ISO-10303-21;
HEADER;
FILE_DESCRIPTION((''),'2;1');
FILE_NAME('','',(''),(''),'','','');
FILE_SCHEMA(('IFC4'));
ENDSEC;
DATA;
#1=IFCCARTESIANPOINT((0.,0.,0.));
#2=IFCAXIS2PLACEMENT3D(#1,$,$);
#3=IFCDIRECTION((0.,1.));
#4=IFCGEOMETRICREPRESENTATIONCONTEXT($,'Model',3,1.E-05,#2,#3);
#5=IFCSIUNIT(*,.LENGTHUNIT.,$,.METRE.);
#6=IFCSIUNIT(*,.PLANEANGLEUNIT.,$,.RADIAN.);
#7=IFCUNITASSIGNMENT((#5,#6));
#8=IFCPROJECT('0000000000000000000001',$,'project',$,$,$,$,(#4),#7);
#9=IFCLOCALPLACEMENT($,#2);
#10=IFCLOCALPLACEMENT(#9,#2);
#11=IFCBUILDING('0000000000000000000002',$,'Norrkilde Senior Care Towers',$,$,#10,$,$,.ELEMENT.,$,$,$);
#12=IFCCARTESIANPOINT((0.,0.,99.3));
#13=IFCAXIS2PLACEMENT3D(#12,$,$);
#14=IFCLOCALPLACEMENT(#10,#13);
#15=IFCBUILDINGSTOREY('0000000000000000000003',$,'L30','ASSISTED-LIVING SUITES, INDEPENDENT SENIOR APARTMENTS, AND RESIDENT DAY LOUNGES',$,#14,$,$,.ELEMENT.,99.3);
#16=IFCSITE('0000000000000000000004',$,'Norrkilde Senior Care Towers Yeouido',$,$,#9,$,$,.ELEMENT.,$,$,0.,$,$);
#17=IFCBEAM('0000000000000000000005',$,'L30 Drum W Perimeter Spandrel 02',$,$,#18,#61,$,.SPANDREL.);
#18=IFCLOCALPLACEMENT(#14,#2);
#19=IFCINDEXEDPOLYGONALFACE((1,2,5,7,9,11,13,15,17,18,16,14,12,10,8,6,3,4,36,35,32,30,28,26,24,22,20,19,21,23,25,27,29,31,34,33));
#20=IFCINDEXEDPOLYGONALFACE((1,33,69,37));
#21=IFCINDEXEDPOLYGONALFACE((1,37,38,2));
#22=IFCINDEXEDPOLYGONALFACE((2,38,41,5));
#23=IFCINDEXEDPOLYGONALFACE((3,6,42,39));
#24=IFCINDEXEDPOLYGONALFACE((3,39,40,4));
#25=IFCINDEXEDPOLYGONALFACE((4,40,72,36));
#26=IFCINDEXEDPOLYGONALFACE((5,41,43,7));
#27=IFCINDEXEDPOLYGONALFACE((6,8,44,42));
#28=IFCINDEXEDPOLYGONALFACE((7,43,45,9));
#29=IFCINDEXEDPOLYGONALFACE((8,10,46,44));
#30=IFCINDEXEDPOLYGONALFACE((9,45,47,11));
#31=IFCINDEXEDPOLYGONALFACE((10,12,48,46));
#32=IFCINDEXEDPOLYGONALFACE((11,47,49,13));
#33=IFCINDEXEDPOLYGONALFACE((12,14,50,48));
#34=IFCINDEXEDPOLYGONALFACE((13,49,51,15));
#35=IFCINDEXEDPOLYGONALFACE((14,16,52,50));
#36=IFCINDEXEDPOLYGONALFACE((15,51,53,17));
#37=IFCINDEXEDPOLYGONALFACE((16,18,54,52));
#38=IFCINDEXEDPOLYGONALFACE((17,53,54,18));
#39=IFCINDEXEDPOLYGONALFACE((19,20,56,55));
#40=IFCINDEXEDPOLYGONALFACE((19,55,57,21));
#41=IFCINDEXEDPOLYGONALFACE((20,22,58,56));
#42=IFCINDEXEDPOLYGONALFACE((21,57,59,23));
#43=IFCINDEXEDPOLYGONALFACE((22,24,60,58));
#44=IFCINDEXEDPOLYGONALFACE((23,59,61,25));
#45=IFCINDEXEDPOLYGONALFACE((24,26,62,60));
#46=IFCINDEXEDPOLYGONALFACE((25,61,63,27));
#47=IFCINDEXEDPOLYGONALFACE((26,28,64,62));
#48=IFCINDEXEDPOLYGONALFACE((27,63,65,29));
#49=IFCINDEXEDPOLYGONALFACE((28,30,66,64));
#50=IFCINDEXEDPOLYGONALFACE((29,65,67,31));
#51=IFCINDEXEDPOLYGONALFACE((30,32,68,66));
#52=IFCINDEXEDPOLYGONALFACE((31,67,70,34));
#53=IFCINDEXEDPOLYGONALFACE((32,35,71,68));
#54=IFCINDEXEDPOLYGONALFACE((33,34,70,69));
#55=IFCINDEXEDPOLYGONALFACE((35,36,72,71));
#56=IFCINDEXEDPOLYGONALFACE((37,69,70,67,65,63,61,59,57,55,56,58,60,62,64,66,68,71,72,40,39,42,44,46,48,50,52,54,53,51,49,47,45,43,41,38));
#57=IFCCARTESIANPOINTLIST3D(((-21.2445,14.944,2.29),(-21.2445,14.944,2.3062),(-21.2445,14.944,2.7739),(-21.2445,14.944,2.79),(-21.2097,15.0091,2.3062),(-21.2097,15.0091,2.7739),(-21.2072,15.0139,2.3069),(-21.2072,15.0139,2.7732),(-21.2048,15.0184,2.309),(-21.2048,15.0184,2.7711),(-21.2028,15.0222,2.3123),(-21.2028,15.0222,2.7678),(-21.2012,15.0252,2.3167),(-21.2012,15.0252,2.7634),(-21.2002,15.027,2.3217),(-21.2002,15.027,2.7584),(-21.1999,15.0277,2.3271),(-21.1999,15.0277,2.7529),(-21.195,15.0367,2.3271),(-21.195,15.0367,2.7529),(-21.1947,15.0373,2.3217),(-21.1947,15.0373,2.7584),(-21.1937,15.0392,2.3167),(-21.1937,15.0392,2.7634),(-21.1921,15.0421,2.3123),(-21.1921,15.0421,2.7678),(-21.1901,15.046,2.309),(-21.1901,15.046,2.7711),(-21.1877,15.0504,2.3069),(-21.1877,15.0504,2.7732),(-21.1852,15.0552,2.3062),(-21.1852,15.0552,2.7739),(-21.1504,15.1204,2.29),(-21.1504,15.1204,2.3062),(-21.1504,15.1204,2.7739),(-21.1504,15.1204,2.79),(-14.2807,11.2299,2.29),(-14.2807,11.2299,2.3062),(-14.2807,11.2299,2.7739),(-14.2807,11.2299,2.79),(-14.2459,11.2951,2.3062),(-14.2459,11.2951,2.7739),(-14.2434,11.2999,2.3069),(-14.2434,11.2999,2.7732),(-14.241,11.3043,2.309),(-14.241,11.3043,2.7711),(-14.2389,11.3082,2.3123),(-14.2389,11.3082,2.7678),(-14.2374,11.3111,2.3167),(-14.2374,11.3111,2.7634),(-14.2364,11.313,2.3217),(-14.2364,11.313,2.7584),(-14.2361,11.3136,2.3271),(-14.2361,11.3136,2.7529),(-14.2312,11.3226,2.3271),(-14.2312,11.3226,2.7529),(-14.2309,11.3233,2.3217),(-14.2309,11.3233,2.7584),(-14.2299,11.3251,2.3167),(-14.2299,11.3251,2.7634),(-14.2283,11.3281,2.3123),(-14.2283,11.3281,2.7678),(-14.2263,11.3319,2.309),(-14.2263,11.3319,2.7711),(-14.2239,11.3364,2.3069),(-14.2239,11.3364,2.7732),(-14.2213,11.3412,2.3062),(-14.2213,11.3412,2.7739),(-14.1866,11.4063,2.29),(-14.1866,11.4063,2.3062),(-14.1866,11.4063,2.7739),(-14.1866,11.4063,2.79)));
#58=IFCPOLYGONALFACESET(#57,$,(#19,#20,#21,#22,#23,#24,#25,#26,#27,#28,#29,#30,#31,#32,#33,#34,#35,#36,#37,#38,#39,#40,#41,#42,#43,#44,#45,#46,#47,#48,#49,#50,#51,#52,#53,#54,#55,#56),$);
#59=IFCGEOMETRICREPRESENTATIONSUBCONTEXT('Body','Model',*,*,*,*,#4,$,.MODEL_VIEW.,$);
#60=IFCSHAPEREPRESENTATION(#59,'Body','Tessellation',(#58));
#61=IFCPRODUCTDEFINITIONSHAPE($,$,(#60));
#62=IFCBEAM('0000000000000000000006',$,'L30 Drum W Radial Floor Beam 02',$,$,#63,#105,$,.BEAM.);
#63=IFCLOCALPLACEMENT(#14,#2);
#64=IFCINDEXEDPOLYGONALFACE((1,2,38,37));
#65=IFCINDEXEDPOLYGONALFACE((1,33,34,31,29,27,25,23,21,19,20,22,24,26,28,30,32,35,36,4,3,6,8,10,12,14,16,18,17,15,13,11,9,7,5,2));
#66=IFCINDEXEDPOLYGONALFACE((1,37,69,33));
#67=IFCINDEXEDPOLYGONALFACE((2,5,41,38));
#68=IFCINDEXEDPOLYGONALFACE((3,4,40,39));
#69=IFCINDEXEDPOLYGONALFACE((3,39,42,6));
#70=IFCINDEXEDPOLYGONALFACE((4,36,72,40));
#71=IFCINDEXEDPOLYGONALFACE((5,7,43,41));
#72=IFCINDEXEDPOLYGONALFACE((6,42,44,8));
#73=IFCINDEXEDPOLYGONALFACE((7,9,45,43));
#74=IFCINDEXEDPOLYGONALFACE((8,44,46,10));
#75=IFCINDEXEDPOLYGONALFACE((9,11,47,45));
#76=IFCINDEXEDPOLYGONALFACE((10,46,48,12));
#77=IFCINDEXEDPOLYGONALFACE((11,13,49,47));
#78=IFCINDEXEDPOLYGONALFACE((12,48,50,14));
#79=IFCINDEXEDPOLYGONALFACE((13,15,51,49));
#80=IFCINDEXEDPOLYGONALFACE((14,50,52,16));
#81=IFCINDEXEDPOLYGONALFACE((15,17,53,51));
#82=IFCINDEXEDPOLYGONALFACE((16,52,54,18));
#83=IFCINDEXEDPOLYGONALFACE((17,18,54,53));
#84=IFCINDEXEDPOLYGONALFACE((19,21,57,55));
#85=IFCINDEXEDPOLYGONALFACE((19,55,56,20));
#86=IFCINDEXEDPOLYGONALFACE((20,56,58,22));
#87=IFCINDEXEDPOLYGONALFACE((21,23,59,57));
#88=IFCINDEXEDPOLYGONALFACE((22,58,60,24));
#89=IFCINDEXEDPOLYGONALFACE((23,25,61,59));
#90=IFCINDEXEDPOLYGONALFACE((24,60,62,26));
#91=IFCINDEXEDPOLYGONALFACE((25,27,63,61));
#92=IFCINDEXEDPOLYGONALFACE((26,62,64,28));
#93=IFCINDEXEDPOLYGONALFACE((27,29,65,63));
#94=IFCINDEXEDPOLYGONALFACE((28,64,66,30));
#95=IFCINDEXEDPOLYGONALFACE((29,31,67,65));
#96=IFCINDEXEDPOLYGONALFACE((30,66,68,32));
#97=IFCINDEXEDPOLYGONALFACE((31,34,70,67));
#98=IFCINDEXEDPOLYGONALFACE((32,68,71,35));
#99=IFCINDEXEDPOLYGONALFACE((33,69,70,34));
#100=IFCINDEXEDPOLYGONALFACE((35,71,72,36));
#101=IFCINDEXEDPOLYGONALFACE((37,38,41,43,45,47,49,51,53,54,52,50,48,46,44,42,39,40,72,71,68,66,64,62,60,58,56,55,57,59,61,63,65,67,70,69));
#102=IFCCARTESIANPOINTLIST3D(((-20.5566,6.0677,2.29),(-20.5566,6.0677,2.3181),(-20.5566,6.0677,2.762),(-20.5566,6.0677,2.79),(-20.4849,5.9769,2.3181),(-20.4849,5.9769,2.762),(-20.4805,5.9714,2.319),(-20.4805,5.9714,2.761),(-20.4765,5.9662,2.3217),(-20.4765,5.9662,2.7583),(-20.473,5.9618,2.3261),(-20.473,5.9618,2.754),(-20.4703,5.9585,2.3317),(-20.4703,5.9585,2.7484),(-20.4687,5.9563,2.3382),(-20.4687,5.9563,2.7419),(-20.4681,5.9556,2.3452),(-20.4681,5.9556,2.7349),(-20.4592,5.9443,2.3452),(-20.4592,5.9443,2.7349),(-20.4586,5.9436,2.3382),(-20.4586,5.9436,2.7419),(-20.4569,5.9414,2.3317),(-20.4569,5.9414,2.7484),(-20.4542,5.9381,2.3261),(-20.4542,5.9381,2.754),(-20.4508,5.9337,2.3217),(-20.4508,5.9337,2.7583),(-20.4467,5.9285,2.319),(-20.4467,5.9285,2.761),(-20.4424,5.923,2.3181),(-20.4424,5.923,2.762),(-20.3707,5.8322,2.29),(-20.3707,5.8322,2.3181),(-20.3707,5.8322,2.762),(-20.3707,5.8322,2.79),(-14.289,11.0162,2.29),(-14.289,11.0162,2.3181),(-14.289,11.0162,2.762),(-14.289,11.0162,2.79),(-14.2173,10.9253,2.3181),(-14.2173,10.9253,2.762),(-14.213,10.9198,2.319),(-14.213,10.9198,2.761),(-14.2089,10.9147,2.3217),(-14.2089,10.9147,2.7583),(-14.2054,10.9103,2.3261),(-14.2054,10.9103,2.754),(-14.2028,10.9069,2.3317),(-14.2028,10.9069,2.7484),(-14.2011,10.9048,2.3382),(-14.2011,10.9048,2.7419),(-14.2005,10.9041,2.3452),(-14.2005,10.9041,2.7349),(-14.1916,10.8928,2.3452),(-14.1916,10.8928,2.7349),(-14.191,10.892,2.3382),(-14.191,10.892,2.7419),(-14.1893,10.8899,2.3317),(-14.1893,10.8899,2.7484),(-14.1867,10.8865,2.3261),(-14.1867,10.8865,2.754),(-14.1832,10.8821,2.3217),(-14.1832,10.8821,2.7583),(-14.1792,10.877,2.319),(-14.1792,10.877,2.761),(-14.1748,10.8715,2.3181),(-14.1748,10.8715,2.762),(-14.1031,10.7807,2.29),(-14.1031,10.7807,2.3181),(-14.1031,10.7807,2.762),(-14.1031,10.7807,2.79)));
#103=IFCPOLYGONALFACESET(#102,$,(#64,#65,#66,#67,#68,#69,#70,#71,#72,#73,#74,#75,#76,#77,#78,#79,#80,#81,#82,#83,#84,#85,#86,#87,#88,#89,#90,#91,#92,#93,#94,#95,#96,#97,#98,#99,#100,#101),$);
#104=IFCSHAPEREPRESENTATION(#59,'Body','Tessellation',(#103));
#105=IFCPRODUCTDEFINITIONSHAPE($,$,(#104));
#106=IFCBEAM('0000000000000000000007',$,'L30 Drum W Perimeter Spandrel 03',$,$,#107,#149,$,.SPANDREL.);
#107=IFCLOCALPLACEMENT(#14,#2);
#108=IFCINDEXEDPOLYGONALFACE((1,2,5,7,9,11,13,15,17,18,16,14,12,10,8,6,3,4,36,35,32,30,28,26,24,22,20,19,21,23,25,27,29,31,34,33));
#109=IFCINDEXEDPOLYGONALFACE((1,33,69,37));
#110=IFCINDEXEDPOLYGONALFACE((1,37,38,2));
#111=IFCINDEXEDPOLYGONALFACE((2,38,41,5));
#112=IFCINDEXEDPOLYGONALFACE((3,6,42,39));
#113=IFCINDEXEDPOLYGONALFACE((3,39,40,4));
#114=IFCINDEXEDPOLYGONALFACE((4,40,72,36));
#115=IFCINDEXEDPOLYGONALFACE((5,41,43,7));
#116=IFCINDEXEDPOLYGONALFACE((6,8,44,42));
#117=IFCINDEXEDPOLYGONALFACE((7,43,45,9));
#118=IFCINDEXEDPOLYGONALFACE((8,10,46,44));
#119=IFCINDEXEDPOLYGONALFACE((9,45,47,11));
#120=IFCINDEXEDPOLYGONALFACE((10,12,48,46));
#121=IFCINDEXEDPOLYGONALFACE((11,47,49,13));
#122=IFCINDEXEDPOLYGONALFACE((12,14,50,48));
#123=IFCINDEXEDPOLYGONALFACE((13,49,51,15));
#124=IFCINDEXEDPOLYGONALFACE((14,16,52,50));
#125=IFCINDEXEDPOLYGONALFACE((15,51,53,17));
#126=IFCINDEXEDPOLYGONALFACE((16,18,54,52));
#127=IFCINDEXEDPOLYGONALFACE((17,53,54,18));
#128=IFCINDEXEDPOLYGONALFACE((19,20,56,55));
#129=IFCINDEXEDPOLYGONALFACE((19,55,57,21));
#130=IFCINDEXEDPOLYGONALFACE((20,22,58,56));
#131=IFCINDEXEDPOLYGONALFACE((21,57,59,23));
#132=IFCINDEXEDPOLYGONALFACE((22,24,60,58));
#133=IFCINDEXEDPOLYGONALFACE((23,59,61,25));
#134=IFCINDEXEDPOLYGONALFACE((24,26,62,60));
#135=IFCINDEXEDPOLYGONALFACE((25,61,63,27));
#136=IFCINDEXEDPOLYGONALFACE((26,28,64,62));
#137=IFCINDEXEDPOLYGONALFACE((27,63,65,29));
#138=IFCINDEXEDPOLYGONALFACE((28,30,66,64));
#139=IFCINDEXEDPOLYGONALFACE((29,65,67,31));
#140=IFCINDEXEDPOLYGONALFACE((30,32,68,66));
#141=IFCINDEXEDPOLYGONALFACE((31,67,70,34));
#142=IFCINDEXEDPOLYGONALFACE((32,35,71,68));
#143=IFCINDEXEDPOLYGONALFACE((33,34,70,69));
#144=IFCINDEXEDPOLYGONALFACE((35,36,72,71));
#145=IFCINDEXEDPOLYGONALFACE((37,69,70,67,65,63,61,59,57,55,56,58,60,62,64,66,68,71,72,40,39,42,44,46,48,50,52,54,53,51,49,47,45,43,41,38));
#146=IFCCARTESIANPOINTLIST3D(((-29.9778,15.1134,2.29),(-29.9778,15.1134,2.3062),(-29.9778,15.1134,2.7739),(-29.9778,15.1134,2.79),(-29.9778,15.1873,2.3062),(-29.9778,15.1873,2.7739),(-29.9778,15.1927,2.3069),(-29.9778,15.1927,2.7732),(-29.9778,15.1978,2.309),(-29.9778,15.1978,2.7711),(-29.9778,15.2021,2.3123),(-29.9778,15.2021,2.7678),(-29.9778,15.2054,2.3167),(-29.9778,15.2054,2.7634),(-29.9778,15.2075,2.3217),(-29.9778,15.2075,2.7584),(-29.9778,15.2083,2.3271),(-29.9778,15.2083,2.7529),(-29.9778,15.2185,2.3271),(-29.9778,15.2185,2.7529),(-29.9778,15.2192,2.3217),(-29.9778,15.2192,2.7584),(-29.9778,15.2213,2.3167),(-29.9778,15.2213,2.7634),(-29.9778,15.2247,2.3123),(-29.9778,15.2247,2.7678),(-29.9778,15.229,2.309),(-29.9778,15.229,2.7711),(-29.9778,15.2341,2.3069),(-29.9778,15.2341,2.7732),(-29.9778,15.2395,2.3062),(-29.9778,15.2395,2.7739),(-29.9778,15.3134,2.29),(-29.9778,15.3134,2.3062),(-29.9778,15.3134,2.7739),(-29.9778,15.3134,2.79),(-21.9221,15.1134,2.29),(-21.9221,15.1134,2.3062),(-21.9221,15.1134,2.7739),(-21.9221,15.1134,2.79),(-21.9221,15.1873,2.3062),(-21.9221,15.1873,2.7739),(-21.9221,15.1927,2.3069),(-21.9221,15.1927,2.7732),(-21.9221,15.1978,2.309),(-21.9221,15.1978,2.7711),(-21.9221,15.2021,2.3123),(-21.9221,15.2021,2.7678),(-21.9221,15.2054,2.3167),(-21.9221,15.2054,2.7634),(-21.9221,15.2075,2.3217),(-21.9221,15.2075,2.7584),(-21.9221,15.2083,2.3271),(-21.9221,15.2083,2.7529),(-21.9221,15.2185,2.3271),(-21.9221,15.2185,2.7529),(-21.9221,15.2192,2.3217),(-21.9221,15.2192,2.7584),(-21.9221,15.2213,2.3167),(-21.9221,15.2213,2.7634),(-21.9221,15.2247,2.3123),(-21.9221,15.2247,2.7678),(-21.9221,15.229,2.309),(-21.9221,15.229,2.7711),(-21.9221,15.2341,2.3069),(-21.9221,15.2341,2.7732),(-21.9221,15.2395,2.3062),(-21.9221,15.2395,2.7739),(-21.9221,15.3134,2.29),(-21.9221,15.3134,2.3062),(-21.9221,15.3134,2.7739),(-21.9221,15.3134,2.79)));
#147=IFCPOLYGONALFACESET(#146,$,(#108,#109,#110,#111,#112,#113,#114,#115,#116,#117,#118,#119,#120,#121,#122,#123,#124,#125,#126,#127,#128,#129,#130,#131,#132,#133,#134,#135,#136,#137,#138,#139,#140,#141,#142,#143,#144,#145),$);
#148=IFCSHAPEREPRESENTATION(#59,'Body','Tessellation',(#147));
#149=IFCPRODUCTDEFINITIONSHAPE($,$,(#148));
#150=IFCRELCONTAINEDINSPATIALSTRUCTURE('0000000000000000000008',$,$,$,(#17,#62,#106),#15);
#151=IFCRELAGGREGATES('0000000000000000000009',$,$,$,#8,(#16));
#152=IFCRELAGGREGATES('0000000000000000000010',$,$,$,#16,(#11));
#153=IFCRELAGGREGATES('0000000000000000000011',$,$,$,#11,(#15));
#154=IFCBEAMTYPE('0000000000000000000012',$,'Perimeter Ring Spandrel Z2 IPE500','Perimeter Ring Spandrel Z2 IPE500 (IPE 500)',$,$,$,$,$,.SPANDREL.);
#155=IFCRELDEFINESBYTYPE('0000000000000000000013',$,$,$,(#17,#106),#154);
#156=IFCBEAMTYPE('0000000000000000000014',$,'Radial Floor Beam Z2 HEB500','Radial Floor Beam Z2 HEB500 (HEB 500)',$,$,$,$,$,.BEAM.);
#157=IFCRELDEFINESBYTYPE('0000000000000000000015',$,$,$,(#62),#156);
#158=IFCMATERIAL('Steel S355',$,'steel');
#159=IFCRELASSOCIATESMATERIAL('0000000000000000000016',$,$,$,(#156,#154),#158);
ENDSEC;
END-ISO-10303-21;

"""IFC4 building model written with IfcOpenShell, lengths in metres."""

from ifc_helpers import new_model, si_unit, direction, frame, origin, origin_2d, place, context, subcontext, project, spatial, i_section, extrude, source, transform, mapped, material, material_profile, profile_set, type_object, type_shapes, element, save


model = new_model("IFC4")

# Units and contexts
model_context = context("Model", 3, precision=1e-05, world=origin(), true_north=direction((0.0, 1.0)))
body_context = subcontext(model_context, "Body", "Model", "MODEL_VIEW")
ifc_project = project(units=[si_unit("LENGTHUNIT", "METRE"), si_unit("PLANEANGLEUNIT", "RADIAN")], contexts=[model_context])

# Site, building, storey
site_placement = place(None, origin())
site = spatial("IfcSite", under=ifc_project, at=site_placement, Name="Norrkilde Senior Care Towers Yeouido", CompositionType="ELEMENT", RefElevation=0.0)
building_placement = place(site_placement, origin())
building = spatial("IfcBuilding", under=site, at=building_placement, Name="Norrkilde Senior Care Towers", CompositionType="ELEMENT")
storey_placement = place(building_placement, frame((0.0, 0.0, 99.3)))
storey = spatial("IfcBuildingStorey", under=building, at=storey_placement, Name="L30", Description="ASSISTED-LIVING SUITES, INDEPENDENT SENIOR APARTMENTS, AND RESIDENT DAY LOUNGES", CompositionType="ELEMENT", Elevation=99.3)

# Beams
ifc_material_1 = material(Name="Steel S355", Category="steel")
ifc_material_profile_1 = material_profile(ifc_material_1, i_section(OverallWidth=0.3, OverallDepth=0.5, WebThickness=0.0144, FlangeThickness=0.0281, FilletRadius=0.0271, at=origin_2d()), Name="HEB 500")
ifc_profile_set_1 = profile_set([ifc_material_profile_1], Name="Steel S355")
beam_type_1 = type_object("IfcBeamType", Name="Radial Floor Beam Z2 HEB500", Description="Radial Floor Beam Z2 HEB500 (HEB 500)", PredefinedType="BEAM", material=ifc_profile_set_1)
ifc_material_profile_2 = material_profile(ifc_material_1, i_section(OverallWidth=0.2, OverallDepth=0.5, WebThickness=0.0103, FlangeThickness=0.0161, FilletRadius=0.021, at=origin_2d()), Name="IPE 500")
ifc_profile_set_2 = profile_set([ifc_material_profile_2], Name="Steel S355")
beam_type_2 = type_object("IfcBeamType", Name="Perimeter Ring Spandrel Z2 IPE500", Description="Perimeter Ring Spandrel Z2 IPE500 (IPE 500)", PredefinedType="SPANDREL", material=ifc_profile_set_2)
shared_shape_1 = source(origin(), body_context, "Body", "SweptSolid", [
    extrude(i_section(OverallWidth=0.2, OverallDepth=0.5, WebThickness=0.0103, FlangeThickness=0.0161, FilletRadius=0.021, at=origin_2d()), origin(), (0.0, 0.0, 1.0), 7.8923),
])
beam_1_placement = place(storey_placement, frame((-14.2336, 11.3181, 2.54), z_axis=(-0.88235, 0.470593, 0.0), x_axis=(-0.470593, -0.88235, 0.0)))
element("IfcBeam", 1, at=beam_1_placement, inside=storey, type_object=beam_type_2, Name="L30 Drum W Perimeter Spandrel 02", PredefinedType="SPANDREL", context=body_context, shape_type="MappedRepresentation", body=[
    mapped(shared_shape_1, transform((0.0, 0.0, 0.0), x_axis=(1.0, 0.0, 0.0), y_axis=(0.0, 1.0, 0.0), z_axis=(0.0, 0.0, 1.0), scale=1.0)),
])
shared_shape_2 = source(origin(), body_context, "Body", "SweptSolid", [
    extrude(i_section(OverallWidth=0.3, OverallDepth=0.5, WebThickness=0.0144, FlangeThickness=0.0281, FilletRadius=0.0271, at=origin_2d()), origin(), (0.0, 0.0, 1.0), 7.9856),
])
beam_2_placement = place(storey_placement, frame((-20.4636, 5.95, 2.54), z_axis=(0.784859, 0.619675, 0.0), x_axis=(-0.619675, 0.784859, 0.0)))
element("IfcBeam", 2, at=beam_2_placement, inside=storey, type_object=beam_type_1, Name="L30 Drum W Radial Floor Beam 02", PredefinedType="BEAM", context=body_context, shape_type="MappedRepresentation", body=[
    mapped(shared_shape_2, transform((0.0, 0.0, 0.0), x_axis=(1.0, 0.0, 0.0), y_axis=(0.0, 1.0, 0.0), z_axis=(0.0, 0.0, 1.0), scale=1.0)),
])
shared_shape_3 = source(origin(), body_context, "Body", "SweptSolid", [
    extrude(i_section(OverallWidth=0.2, OverallDepth=0.5, WebThickness=0.0103, FlangeThickness=0.0161, FilletRadius=0.021, at=origin_2d()), origin(), (0.0, 0.0, 1.0), 8.0557),
])
type_shapes(beam_type_2, [shared_shape_1, shared_shape_3])
beam_3_placement = place(storey_placement, frame((-21.9221, 15.2134, 2.54), z_axis=(-1.0, 0.0, 0.0), x_axis=(0.0, -1.0, 0.0)))
element("IfcBeam", 3, at=beam_3_placement, inside=storey, type_object=beam_type_2, Name="L30 Drum W Perimeter Spandrel 03", PredefinedType="SPANDREL", context=body_context, shape_type="MappedRepresentation", body=[
    mapped(shared_shape_3, transform((0.0, 0.0, 0.0), x_axis=(1.0, 0.0, 0.0), y_axis=(0.0, 1.0, 0.0), z_axis=(0.0, 0.0, 1.0), scale=1.0)),
])

save(model, "model.ifc")
